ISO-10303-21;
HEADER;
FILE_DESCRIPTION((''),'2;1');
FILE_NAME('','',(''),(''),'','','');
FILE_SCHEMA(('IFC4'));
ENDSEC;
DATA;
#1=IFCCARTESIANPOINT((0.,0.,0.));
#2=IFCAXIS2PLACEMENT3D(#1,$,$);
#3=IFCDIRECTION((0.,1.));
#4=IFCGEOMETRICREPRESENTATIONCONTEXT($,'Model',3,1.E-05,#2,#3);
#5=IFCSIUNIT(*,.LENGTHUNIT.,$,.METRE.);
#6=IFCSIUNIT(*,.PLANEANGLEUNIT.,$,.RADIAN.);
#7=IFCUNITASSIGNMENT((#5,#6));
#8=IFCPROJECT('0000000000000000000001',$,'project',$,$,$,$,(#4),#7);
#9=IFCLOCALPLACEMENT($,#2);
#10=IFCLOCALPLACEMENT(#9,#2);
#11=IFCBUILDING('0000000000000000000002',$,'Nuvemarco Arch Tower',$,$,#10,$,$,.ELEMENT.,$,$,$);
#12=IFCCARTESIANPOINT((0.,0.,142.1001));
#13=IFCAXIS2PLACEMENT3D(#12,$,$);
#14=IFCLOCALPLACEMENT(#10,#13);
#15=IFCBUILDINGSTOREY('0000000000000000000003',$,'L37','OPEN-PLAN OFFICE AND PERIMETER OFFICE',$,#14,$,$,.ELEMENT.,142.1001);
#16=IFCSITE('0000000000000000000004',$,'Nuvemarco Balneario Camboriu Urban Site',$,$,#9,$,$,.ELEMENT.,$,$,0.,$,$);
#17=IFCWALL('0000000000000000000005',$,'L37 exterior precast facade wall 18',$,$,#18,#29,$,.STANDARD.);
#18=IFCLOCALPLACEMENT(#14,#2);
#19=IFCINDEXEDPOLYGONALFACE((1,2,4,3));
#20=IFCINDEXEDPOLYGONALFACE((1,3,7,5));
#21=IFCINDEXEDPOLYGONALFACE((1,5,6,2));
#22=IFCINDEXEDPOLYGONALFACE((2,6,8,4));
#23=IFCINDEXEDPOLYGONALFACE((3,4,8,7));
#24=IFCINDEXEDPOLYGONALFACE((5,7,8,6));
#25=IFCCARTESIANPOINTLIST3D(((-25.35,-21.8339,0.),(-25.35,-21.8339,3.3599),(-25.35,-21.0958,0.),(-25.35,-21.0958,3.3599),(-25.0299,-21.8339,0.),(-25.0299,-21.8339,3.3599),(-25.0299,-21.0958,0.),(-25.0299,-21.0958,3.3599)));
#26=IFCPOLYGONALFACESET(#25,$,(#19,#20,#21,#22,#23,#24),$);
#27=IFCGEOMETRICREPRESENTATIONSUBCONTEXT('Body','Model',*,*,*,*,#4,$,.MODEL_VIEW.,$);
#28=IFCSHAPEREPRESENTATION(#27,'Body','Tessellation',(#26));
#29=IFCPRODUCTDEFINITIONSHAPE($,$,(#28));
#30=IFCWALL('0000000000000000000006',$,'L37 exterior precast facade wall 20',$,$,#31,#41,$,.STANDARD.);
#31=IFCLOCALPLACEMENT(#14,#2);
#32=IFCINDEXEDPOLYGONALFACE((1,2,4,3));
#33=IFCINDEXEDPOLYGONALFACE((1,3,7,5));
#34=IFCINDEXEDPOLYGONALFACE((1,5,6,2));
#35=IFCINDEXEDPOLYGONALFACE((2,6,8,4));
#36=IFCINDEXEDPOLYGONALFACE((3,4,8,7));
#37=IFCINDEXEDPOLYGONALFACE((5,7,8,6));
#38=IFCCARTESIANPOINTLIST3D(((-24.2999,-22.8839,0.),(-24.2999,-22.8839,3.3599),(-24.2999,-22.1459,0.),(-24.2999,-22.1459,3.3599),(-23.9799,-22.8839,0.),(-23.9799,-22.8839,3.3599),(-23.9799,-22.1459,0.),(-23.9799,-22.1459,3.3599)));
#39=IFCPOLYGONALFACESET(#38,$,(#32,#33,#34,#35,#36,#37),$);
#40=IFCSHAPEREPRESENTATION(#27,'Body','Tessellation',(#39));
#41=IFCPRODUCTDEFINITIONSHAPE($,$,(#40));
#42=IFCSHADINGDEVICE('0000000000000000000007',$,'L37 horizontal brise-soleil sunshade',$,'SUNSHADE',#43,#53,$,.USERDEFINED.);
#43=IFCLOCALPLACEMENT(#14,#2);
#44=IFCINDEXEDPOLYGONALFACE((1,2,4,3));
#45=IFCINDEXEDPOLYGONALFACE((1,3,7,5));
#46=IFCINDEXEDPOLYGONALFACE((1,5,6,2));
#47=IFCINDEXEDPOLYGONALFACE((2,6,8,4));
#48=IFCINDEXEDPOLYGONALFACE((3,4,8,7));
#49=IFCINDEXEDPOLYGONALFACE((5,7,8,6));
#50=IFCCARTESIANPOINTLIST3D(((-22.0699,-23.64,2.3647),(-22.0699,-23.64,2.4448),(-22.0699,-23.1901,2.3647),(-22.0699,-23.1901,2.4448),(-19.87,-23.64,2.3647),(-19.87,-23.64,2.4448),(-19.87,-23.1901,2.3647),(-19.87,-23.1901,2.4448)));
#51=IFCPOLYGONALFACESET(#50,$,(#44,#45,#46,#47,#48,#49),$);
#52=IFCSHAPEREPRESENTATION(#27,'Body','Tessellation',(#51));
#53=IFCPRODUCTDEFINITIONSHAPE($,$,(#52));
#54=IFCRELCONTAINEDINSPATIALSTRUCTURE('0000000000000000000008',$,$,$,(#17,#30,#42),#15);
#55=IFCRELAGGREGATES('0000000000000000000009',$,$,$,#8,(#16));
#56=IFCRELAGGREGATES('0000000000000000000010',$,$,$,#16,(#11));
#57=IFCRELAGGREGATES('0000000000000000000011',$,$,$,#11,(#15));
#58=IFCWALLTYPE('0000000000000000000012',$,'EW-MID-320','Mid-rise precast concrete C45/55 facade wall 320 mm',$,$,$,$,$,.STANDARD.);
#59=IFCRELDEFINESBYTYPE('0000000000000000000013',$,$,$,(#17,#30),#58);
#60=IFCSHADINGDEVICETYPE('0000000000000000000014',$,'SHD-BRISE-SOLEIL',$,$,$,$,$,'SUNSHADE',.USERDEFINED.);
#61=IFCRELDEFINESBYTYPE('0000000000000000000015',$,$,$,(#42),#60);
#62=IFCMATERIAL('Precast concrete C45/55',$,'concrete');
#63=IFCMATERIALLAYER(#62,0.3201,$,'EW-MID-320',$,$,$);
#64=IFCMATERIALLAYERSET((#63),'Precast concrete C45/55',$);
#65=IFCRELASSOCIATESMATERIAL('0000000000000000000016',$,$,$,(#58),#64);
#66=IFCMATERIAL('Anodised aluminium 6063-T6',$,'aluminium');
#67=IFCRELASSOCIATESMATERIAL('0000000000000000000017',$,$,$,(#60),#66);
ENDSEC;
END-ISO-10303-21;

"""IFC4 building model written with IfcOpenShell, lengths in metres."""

from ifc_helpers import new_model, si_unit, direction, frame, frame_2d, origin, origin_2d, place, context, subcontext, project, spatial, rectangle, extrude, source, transform, mapped, material, layer, layer_set, type_object, type_shapes, element, save


model = new_model("IFC4")

# Units and contexts
model_context = context("Model", 3, precision=1e-05, world=origin(), true_north=direction((0.0, 1.0)))
body_context = subcontext(model_context, "Body", "Model", "MODEL_VIEW")
ifc_project = project(units=[si_unit("LENGTHUNIT", "METRE"), si_unit("PLANEANGLEUNIT", "RADIAN")], contexts=[model_context])

# Site, building, storey
site_placement = place(None, origin())
site = spatial("IfcSite", under=ifc_project, at=site_placement, Name="Nuvemarco Balneario Camboriu Urban Site", CompositionType="ELEMENT", RefElevation=0.0)
building_placement = place(site_placement, origin())
building = spatial("IfcBuilding", under=site, at=building_placement, Name="Nuvemarco Arch Tower", CompositionType="ELEMENT")
storey_placement = place(building_placement, frame((0.0, 0.0, 142.1001)))
storey = spatial("IfcBuildingStorey", under=building, at=storey_placement, Name="L37", Description="OPEN-PLAN OFFICE AND PERIMETER OFFICE", CompositionType="ELEMENT", Elevation=142.1001)

# Shared definitions
ifc_material_1 = material(Name="Precast concrete C45/55", Category="concrete")
ifc_layer = layer(ifc_material_1, 0.3201, Name="EW-MID-320")
ifc_layer_set = layer_set([ifc_layer], Name="Precast concrete C45/55")
wall_type = type_object("IfcWallType", Name="EW-MID-320", Description="Mid-rise precast concrete C45/55 facade wall 320 mm", PredefinedType="STANDARD", material=ifc_layer_set)

# Walls
for number, where, z_axis, x_axis, name in (
    (1, (-25.1899, -21.834, 0.0), (0.0, 0.0, 1.0), (0.0, 1.0, 0.0), "L37 exterior precast facade wall 18"),
    (2, (-24.1399, -22.884, 0.0), (0.0, 0.0, 1.0), (0.0, 1.0, 0.0), "L37 exterior precast facade wall 20"),
):
    element("IfcWall", number, at=place(storey_placement, frame(where, z_axis=z_axis, x_axis=x_axis)), inside=storey, type_object=wall_type, Name=name, PredefinedType="STANDARD", context=body_context, shape_type="SweptSolid", body=[
        extrude(rectangle(XDim=0.738, YDim=0.3201, at=frame_2d((0.3691, 0.0))), origin(), (0.0, 0.0, 1.0), 3.3599),
    ])

# Shading device
ifc_material_2 = material(Name="Anodised aluminium 6063-T6", Category="aluminium")
shading_device_type = type_object("IfcShadingDeviceType", Name="SHD-BRISE-SOLEIL", ElementType="SUNSHADE", PredefinedType="USERDEFINED", material=ifc_material_2)
shared_shape_1 = source(origin(), body_context, "Body", "SweptSolid", [
    extrude(rectangle(XDim=2.2, YDim=0.45, at=origin_2d()), origin(), (0.0, 0.0, 1.0), 0.0801),
])
type_shapes(shading_device_type, [shared_shape_1])
shading_device_placement = place(storey_placement, frame((-20.97, -23.415, 2.3647), z_axis=(0.0, 0.0, 1.0), x_axis=(1.0, 0.0, 0.0)))
element("IfcShadingDevice", 3, at=shading_device_placement, inside=storey, type_object=shading_device_type, Name="L37 horizontal brise-soleil sunshade", ObjectType="SUNSHADE", PredefinedType="USERDEFINED", context=body_context, shape_type="MappedRepresentation", body=[
    mapped(shared_shape_1, transform((0.0, 0.0, 0.0), scale=1.0)),
])

save(model, "model.ifc")
